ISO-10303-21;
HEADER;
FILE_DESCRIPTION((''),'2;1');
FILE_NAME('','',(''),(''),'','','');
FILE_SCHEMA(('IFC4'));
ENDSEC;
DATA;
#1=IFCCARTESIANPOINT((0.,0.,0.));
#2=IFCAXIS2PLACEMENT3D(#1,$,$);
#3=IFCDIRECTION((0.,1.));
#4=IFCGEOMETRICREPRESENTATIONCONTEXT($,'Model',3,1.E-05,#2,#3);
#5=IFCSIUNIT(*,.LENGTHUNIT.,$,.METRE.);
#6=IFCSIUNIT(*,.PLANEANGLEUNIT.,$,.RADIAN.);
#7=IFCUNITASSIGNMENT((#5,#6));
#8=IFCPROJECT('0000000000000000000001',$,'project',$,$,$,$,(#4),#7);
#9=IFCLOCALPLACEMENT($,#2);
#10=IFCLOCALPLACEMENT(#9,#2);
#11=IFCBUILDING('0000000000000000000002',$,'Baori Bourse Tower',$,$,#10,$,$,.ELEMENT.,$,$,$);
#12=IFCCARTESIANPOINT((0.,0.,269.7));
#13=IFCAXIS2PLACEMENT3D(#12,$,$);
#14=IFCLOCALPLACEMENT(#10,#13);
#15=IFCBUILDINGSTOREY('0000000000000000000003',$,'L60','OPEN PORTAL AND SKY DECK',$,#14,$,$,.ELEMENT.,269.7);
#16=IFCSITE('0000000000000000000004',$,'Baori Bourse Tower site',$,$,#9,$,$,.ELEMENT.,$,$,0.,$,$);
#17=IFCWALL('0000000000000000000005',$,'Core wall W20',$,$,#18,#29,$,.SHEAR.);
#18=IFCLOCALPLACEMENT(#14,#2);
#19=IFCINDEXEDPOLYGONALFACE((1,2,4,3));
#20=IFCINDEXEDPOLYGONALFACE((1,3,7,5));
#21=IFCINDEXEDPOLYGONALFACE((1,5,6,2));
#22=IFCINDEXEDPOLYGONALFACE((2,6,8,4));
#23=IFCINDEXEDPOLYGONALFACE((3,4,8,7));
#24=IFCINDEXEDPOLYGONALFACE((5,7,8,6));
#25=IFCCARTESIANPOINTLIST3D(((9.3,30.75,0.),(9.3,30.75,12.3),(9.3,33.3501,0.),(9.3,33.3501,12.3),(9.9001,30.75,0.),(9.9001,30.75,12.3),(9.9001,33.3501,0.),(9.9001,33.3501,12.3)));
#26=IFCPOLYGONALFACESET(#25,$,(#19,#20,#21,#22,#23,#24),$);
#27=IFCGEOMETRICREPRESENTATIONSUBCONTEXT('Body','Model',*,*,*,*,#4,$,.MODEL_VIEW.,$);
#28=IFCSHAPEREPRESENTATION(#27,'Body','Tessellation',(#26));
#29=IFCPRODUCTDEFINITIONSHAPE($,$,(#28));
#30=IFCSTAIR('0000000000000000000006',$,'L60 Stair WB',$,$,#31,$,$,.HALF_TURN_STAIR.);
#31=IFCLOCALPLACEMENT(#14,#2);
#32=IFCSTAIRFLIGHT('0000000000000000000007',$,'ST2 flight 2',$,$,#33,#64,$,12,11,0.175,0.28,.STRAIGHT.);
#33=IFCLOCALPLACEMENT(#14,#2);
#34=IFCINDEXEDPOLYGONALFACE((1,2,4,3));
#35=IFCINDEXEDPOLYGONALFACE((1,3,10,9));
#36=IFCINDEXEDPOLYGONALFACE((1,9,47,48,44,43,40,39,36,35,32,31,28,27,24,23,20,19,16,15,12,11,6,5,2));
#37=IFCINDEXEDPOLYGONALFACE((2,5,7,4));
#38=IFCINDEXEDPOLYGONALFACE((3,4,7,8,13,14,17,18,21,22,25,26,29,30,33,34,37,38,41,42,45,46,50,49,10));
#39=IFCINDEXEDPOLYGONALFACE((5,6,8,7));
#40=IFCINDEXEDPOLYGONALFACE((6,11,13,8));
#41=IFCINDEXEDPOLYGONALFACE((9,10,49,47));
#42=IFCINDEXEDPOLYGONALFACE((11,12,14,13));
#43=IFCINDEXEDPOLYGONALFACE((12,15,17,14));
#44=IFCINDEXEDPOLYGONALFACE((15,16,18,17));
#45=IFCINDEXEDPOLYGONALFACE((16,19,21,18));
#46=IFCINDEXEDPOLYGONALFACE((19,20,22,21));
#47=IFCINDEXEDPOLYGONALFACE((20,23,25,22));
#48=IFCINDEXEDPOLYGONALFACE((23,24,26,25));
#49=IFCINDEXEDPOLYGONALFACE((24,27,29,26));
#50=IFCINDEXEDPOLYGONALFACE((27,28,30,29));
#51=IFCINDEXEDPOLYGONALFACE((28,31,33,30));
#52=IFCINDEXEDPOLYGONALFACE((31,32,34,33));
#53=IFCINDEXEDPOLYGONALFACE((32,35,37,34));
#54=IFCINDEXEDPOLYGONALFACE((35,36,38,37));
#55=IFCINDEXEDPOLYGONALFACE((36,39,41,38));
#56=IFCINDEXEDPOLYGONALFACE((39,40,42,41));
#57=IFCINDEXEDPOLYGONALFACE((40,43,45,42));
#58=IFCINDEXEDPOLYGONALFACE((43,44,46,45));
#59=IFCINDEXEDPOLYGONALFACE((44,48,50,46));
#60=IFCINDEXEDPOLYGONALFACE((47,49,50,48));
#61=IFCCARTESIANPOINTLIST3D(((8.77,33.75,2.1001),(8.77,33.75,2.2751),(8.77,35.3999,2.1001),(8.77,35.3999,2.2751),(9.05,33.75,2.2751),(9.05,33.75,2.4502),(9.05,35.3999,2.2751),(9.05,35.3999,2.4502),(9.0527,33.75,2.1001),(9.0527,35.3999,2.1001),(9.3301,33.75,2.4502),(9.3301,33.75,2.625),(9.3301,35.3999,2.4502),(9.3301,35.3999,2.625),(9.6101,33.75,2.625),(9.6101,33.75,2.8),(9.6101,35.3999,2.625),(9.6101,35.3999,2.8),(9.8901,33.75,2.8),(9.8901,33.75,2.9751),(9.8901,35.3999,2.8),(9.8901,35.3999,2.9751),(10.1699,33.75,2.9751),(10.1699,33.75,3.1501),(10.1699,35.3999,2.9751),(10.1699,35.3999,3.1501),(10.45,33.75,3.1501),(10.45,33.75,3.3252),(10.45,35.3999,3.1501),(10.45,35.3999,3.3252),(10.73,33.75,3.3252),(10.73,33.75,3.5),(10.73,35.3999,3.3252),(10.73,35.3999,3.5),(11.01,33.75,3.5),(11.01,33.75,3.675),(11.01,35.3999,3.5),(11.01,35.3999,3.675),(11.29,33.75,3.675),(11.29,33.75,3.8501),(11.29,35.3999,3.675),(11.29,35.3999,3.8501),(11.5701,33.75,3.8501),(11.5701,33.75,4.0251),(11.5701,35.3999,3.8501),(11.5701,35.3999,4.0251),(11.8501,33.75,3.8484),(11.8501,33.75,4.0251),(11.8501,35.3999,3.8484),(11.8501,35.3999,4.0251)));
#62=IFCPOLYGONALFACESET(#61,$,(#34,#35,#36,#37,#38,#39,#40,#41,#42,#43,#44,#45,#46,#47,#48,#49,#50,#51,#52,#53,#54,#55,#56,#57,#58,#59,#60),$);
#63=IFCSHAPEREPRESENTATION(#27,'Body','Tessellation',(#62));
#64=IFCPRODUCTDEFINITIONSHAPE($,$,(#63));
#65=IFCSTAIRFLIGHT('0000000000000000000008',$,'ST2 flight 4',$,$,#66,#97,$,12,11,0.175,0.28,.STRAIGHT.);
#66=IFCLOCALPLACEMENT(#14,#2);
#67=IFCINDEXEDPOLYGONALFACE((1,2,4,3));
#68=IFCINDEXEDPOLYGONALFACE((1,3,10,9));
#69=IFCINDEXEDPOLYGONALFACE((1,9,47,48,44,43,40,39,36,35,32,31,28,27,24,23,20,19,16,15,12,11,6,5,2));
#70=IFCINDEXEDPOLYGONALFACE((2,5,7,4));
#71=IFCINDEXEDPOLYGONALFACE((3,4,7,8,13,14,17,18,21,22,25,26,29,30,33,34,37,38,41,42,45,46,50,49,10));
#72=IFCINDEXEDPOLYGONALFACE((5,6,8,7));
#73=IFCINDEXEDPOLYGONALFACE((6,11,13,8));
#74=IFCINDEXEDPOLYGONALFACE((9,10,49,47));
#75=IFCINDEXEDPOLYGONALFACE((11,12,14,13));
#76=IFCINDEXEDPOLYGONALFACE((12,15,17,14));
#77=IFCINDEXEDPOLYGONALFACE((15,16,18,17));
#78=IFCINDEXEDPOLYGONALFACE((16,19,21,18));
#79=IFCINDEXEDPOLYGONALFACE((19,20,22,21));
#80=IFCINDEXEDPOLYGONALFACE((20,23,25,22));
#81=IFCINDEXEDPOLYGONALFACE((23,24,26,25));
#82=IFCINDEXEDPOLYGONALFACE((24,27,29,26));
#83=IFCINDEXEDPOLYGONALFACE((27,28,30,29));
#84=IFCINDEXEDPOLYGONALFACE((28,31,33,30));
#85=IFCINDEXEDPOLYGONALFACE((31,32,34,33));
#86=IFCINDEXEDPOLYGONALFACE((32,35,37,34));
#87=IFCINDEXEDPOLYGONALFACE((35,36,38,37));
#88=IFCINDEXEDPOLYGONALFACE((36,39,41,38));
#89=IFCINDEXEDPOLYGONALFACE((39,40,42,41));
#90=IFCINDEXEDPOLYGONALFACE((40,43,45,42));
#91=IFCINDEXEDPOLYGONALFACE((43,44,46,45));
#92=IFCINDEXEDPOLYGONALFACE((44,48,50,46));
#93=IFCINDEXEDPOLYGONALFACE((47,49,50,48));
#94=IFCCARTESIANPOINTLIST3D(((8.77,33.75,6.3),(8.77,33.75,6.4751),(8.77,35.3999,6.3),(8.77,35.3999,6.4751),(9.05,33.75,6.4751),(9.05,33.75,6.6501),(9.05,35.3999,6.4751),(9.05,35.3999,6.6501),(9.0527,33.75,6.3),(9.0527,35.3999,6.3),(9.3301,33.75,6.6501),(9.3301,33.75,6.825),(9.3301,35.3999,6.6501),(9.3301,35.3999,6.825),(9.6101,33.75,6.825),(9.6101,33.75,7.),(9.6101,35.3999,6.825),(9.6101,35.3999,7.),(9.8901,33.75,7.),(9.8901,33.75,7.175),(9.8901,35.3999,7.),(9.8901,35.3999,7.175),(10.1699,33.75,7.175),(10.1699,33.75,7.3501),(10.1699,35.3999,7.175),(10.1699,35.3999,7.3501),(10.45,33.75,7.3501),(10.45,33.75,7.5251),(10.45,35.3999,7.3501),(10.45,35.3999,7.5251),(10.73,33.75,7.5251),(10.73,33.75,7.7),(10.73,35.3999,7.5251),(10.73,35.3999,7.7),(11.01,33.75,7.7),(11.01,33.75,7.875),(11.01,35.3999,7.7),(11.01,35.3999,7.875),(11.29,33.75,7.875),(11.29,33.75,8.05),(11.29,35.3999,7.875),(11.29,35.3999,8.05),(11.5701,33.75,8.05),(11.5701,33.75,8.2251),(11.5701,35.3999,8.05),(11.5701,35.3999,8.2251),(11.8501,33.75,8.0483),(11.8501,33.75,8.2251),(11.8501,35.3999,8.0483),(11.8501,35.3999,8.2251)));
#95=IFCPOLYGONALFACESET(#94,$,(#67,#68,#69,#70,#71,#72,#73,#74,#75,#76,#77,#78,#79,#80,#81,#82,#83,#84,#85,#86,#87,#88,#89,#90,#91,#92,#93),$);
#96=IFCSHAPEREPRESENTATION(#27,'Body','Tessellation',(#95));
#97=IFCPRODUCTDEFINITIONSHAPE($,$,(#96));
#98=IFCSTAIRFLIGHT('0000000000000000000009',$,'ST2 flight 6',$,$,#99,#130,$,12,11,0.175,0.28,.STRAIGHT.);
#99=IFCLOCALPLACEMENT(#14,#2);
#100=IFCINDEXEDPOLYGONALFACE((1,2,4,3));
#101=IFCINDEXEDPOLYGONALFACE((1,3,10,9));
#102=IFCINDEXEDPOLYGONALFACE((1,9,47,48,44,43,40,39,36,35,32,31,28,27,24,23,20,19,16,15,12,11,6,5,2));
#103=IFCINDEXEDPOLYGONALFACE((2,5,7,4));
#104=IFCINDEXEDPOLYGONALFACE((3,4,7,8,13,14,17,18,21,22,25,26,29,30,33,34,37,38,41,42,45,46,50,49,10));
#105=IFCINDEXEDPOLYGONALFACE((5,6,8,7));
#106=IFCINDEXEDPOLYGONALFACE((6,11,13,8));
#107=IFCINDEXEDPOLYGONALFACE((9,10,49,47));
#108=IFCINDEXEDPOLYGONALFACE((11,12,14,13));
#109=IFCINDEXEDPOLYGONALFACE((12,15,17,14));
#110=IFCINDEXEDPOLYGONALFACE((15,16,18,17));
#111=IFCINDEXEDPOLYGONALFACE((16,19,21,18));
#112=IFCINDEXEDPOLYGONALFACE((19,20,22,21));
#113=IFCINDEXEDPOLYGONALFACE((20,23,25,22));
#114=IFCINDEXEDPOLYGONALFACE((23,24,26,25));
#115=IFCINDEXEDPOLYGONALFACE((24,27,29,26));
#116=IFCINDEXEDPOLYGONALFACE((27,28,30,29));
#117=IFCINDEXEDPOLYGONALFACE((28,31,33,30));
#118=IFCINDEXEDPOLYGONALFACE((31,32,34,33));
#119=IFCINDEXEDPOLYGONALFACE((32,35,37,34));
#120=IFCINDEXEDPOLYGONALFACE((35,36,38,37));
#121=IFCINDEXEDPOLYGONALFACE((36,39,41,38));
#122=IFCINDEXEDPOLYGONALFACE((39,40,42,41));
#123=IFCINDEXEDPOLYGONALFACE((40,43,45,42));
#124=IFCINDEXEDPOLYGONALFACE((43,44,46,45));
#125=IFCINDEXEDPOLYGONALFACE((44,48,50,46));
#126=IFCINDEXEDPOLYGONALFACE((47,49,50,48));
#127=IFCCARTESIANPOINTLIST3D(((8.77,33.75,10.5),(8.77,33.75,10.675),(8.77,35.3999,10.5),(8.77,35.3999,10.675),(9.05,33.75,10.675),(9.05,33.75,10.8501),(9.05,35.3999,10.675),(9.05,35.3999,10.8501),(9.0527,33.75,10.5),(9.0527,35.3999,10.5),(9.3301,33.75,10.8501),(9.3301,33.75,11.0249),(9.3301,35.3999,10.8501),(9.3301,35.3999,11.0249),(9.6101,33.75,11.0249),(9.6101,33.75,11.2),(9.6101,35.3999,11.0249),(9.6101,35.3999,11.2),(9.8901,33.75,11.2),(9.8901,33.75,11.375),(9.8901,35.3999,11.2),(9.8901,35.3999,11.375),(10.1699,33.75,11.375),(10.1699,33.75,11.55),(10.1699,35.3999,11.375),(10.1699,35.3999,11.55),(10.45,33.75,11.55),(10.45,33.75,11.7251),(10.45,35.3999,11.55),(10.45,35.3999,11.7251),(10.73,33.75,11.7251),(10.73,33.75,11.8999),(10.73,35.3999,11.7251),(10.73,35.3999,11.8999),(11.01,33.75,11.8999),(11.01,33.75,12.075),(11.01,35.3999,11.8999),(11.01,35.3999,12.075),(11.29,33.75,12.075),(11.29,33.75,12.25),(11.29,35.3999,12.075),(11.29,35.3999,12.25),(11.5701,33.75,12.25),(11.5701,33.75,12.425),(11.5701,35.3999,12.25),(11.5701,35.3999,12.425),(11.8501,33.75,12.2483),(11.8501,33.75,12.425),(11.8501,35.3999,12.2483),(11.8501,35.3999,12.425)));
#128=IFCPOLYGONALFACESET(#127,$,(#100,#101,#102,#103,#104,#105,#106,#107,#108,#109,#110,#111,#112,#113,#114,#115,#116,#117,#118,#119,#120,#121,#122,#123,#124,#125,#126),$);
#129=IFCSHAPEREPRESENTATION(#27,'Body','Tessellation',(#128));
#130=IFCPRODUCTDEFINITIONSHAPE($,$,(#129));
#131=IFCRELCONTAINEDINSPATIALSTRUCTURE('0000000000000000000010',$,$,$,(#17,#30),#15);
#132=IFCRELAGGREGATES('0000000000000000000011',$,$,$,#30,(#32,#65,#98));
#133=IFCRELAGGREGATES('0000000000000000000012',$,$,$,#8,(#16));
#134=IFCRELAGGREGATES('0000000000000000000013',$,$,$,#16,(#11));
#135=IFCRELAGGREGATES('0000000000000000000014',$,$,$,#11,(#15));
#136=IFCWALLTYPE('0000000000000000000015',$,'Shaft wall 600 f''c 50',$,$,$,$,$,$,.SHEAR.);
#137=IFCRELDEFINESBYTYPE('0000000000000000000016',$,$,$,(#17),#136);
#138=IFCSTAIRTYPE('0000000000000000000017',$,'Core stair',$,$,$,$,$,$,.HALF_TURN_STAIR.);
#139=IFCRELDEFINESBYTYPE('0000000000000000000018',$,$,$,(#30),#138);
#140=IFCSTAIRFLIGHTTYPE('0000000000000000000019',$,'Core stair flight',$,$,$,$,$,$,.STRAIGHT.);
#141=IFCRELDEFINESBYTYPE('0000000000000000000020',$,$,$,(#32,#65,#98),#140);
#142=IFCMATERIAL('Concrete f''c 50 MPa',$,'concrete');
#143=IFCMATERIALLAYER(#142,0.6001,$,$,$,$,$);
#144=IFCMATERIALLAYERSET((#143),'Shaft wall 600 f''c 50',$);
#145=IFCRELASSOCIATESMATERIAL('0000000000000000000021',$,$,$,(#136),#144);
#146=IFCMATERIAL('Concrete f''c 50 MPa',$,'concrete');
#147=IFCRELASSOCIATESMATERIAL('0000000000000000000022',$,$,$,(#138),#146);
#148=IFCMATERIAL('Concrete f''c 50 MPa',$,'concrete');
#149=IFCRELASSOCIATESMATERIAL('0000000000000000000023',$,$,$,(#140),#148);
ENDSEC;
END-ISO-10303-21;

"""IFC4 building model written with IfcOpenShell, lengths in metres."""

from ifc_helpers import new_model, si_unit, direction, frame, frame_2d, origin, place, context, subcontext, project, spatial, polyline, rectangle, outline, extrude, material, layer, layer_set, type_object, element, aggregate, save


model = new_model("IFC4")

# Units and contexts
model_context = context("Model", 3, precision=1e-05, world=origin(), true_north=direction((0.0, 1.0)))
body_context = subcontext(model_context, "Body", "Model", "MODEL_VIEW")
ifc_project = project(units=[si_unit("LENGTHUNIT", "METRE"), si_unit("PLANEANGLEUNIT", "RADIAN")], contexts=[model_context])

# Site, building, storey
site_placement = place(None, origin())
site = spatial("IfcSite", under=ifc_project, at=site_placement, Name="Baori Bourse Tower site", CompositionType="ELEMENT", RefElevation=0.0)
building_placement = place(site_placement, origin())
building = spatial("IfcBuilding", under=site, at=building_placement, Name="Baori Bourse Tower", CompositionType="ELEMENT")
storey_placement = place(building_placement, frame((0.0, 0.0, 269.7)))
storey = spatial("IfcBuildingStorey", under=building, at=storey_placement, Name="L60", Description="OPEN PORTAL AND SKY DECK", CompositionType="ELEMENT", Elevation=269.7)

# Wall
ifc_material_1 = material(Name="Concrete f'c 50 MPa", Category="concrete")
ifc_layer_1 = layer(ifc_material_1, 0.6001)
ifc_layer_set_1 = layer_set([ifc_layer_1], Name="Shaft wall 600 f'c 50")
wall_type_1 = type_object("IfcWallType", Name="Shaft wall 600 f'c 50", PredefinedType="SHEAR", material=ifc_layer_set_1)
for number, where, z_axis, x_axis, name in (
    (1, (9.6001, 30.75, 0.0), (0.0, 0.0, 1.0), (0.0, 1.0, 0.0), "Core wall W20"),
):
    element("IfcWall", number, at=place(storey_placement, frame(where, z_axis=z_axis, x_axis=x_axis)), inside=storey, type_object=wall_type_1, Name=name, PredefinedType="SHEAR", context=body_context, shape_type="SweptSolid", body=[
        extrude(rectangle(XDim=2.6001, YDim=0.6001, at=frame_2d((1.3, 0.0))), origin(), (0.0, 0.0, 1.0), 12.3),
    ])

# Stair, stair flights
ifc_material_2 = material(Name="Concrete f'c 50 MPa", Category="concrete")
stair_type = type_object("IfcStairType", Name="Core stair", PredefinedType="HALF_TURN_STAIR", material=ifc_material_2)
stair_placement = place(storey_placement, origin())
stair = element("IfcStair", 2, at=stair_placement, inside=storey, type_object=stair_type, Name="L60 Stair WB", PredefinedType="HALF_TURN_STAIR")
ifc_material_3 = material(Name="Concrete f'c 50 MPa", Category="concrete")
stair_flight_type = type_object("IfcStairFlightType", Name="Core stair flight", PredefinedType="STRAIGHT", material=ifc_material_3)
stair_flight_1_placement = place(storey_placement, frame((8.77, 34.575, 2.1001), z_axis=(0.0, 0.0, 1.0), x_axis=(1.0, 0.0, 0.0)))
stair_flight_1 = element("IfcStairFlight", 3, at=stair_flight_1_placement, type_object=stair_flight_type, Name="ST2 flight 2", NumberOfRisers=12, NumberOfTreads=11, PredefinedType="STRAIGHT", RiserHeight=0.175, TreadLength=0.28, context=body_context, shape_type="SweptSolid", body=[
    extrude(outline(polyline([(0.0, 0.0), (0.0, 0.175), (0.28, 0.175), (0.28, 0.3501), (0.5601, 0.3501), (0.5601, 0.5249), (0.8401, 0.5249), (0.8401, 0.7), (1.1201, 0.7), (1.1201, 0.875), (1.3999, 0.875), (1.3999, 1.05), (1.6799, 1.05), (1.6799, 1.2251), (1.96, 1.2251), (1.96, 1.3999), (2.24, 1.3999), (2.24, 1.575), (2.52, 1.575), (2.52, 1.75), (2.8, 1.75), (2.8, 1.925), (3.0801, 1.925), (3.0801, 2.1001), (3.0801, 1.7483), (0.2827, 0.0), (0.0, 0.0)])), frame((0.0, 0.825, 0.0), z_axis=(0.0, -1.0, 0.0), x_axis=(1.0, 0.0, 0.0)), (0.0, 0.0, 1.0), 1.6499),
])
stair_flight_2_placement = place(storey_placement, frame((8.77, 34.575, 6.3), z_axis=(0.0, 0.0, 1.0), x_axis=(1.0, 0.0, 0.0)))
stair_flight_2 = element("IfcStairFlight", 4, at=stair_flight_2_placement, type_object=stair_flight_type, Name="ST2 flight 4", NumberOfRisers=12, NumberOfTreads=11, PredefinedType="STRAIGHT", RiserHeight=0.175, TreadLength=0.28, context=body_context, shape_type="SweptSolid", body=[
    extrude(outline(polyline([(0.0, 0.0), (0.0, 0.175), (0.28, 0.175), (0.28, 0.3501), (0.5601, 0.3501), (0.5601, 0.5249), (0.8401, 0.5249), (0.8401, 0.7), (1.1201, 0.7), (1.1201, 0.875), (1.3999, 0.875), (1.3999, 1.05), (1.6799, 1.05), (1.6799, 1.2251), (1.96, 1.2251), (1.96, 1.3999), (2.24, 1.3999), (2.24, 1.575), (2.52, 1.575), (2.52, 1.75), (2.8, 1.75), (2.8, 1.925), (3.0801, 1.925), (3.0801, 2.1001), (3.0801, 1.7483), (0.2827, 0.0), (0.0, 0.0)])), frame((0.0, 0.825, 0.0), z_axis=(0.0, -1.0, 0.0), x_axis=(1.0, 0.0, 0.0)), (0.0, 0.0, 1.0), 1.6499),
])
stair_flight_3_placement = place(storey_placement, frame((8.77, 34.575, 10.5), z_axis=(0.0, 0.0, 1.0), x_axis=(1.0, 0.0, 0.0)))
stair_flight_3 = element("IfcStairFlight", 5, at=stair_flight_3_placement, type_object=stair_flight_type, Name="ST2 flight 6", NumberOfRisers=12, NumberOfTreads=11, PredefinedType="STRAIGHT", RiserHeight=0.175, TreadLength=0.28, context=body_context, shape_type="SweptSolid", body=[
    extrude(outline(polyline([(0.0, 0.0), (0.0, 0.175), (0.28, 0.175), (0.28, 0.3501), (0.5601, 0.3501), (0.5601, 0.5249), (0.8401, 0.5249), (0.8401, 0.7), (1.1201, 0.7), (1.1201, 0.875), (1.3999, 0.875), (1.3999, 1.05), (1.6799, 1.05), (1.6799, 1.2251), (1.96, 1.2251), (1.96, 1.3999), (2.24, 1.3999), (2.24, 1.575), (2.52, 1.575), (2.52, 1.75), (2.8, 1.75), (2.8, 1.925), (3.0801, 1.925), (3.0801, 2.1001), (3.0801, 1.7483), (0.2827, 0.0), (0.0, 0.0)])), frame((0.0, 0.825, 0.0), z_axis=(0.0, -1.0, 0.0), x_axis=(1.0, 0.0, 0.0)), (0.0, 0.0, 1.0), 1.6499),
])
aggregate(stair, [stair_flight_1, stair_flight_2, stair_flight_3])

save(model, "model.ifc")
